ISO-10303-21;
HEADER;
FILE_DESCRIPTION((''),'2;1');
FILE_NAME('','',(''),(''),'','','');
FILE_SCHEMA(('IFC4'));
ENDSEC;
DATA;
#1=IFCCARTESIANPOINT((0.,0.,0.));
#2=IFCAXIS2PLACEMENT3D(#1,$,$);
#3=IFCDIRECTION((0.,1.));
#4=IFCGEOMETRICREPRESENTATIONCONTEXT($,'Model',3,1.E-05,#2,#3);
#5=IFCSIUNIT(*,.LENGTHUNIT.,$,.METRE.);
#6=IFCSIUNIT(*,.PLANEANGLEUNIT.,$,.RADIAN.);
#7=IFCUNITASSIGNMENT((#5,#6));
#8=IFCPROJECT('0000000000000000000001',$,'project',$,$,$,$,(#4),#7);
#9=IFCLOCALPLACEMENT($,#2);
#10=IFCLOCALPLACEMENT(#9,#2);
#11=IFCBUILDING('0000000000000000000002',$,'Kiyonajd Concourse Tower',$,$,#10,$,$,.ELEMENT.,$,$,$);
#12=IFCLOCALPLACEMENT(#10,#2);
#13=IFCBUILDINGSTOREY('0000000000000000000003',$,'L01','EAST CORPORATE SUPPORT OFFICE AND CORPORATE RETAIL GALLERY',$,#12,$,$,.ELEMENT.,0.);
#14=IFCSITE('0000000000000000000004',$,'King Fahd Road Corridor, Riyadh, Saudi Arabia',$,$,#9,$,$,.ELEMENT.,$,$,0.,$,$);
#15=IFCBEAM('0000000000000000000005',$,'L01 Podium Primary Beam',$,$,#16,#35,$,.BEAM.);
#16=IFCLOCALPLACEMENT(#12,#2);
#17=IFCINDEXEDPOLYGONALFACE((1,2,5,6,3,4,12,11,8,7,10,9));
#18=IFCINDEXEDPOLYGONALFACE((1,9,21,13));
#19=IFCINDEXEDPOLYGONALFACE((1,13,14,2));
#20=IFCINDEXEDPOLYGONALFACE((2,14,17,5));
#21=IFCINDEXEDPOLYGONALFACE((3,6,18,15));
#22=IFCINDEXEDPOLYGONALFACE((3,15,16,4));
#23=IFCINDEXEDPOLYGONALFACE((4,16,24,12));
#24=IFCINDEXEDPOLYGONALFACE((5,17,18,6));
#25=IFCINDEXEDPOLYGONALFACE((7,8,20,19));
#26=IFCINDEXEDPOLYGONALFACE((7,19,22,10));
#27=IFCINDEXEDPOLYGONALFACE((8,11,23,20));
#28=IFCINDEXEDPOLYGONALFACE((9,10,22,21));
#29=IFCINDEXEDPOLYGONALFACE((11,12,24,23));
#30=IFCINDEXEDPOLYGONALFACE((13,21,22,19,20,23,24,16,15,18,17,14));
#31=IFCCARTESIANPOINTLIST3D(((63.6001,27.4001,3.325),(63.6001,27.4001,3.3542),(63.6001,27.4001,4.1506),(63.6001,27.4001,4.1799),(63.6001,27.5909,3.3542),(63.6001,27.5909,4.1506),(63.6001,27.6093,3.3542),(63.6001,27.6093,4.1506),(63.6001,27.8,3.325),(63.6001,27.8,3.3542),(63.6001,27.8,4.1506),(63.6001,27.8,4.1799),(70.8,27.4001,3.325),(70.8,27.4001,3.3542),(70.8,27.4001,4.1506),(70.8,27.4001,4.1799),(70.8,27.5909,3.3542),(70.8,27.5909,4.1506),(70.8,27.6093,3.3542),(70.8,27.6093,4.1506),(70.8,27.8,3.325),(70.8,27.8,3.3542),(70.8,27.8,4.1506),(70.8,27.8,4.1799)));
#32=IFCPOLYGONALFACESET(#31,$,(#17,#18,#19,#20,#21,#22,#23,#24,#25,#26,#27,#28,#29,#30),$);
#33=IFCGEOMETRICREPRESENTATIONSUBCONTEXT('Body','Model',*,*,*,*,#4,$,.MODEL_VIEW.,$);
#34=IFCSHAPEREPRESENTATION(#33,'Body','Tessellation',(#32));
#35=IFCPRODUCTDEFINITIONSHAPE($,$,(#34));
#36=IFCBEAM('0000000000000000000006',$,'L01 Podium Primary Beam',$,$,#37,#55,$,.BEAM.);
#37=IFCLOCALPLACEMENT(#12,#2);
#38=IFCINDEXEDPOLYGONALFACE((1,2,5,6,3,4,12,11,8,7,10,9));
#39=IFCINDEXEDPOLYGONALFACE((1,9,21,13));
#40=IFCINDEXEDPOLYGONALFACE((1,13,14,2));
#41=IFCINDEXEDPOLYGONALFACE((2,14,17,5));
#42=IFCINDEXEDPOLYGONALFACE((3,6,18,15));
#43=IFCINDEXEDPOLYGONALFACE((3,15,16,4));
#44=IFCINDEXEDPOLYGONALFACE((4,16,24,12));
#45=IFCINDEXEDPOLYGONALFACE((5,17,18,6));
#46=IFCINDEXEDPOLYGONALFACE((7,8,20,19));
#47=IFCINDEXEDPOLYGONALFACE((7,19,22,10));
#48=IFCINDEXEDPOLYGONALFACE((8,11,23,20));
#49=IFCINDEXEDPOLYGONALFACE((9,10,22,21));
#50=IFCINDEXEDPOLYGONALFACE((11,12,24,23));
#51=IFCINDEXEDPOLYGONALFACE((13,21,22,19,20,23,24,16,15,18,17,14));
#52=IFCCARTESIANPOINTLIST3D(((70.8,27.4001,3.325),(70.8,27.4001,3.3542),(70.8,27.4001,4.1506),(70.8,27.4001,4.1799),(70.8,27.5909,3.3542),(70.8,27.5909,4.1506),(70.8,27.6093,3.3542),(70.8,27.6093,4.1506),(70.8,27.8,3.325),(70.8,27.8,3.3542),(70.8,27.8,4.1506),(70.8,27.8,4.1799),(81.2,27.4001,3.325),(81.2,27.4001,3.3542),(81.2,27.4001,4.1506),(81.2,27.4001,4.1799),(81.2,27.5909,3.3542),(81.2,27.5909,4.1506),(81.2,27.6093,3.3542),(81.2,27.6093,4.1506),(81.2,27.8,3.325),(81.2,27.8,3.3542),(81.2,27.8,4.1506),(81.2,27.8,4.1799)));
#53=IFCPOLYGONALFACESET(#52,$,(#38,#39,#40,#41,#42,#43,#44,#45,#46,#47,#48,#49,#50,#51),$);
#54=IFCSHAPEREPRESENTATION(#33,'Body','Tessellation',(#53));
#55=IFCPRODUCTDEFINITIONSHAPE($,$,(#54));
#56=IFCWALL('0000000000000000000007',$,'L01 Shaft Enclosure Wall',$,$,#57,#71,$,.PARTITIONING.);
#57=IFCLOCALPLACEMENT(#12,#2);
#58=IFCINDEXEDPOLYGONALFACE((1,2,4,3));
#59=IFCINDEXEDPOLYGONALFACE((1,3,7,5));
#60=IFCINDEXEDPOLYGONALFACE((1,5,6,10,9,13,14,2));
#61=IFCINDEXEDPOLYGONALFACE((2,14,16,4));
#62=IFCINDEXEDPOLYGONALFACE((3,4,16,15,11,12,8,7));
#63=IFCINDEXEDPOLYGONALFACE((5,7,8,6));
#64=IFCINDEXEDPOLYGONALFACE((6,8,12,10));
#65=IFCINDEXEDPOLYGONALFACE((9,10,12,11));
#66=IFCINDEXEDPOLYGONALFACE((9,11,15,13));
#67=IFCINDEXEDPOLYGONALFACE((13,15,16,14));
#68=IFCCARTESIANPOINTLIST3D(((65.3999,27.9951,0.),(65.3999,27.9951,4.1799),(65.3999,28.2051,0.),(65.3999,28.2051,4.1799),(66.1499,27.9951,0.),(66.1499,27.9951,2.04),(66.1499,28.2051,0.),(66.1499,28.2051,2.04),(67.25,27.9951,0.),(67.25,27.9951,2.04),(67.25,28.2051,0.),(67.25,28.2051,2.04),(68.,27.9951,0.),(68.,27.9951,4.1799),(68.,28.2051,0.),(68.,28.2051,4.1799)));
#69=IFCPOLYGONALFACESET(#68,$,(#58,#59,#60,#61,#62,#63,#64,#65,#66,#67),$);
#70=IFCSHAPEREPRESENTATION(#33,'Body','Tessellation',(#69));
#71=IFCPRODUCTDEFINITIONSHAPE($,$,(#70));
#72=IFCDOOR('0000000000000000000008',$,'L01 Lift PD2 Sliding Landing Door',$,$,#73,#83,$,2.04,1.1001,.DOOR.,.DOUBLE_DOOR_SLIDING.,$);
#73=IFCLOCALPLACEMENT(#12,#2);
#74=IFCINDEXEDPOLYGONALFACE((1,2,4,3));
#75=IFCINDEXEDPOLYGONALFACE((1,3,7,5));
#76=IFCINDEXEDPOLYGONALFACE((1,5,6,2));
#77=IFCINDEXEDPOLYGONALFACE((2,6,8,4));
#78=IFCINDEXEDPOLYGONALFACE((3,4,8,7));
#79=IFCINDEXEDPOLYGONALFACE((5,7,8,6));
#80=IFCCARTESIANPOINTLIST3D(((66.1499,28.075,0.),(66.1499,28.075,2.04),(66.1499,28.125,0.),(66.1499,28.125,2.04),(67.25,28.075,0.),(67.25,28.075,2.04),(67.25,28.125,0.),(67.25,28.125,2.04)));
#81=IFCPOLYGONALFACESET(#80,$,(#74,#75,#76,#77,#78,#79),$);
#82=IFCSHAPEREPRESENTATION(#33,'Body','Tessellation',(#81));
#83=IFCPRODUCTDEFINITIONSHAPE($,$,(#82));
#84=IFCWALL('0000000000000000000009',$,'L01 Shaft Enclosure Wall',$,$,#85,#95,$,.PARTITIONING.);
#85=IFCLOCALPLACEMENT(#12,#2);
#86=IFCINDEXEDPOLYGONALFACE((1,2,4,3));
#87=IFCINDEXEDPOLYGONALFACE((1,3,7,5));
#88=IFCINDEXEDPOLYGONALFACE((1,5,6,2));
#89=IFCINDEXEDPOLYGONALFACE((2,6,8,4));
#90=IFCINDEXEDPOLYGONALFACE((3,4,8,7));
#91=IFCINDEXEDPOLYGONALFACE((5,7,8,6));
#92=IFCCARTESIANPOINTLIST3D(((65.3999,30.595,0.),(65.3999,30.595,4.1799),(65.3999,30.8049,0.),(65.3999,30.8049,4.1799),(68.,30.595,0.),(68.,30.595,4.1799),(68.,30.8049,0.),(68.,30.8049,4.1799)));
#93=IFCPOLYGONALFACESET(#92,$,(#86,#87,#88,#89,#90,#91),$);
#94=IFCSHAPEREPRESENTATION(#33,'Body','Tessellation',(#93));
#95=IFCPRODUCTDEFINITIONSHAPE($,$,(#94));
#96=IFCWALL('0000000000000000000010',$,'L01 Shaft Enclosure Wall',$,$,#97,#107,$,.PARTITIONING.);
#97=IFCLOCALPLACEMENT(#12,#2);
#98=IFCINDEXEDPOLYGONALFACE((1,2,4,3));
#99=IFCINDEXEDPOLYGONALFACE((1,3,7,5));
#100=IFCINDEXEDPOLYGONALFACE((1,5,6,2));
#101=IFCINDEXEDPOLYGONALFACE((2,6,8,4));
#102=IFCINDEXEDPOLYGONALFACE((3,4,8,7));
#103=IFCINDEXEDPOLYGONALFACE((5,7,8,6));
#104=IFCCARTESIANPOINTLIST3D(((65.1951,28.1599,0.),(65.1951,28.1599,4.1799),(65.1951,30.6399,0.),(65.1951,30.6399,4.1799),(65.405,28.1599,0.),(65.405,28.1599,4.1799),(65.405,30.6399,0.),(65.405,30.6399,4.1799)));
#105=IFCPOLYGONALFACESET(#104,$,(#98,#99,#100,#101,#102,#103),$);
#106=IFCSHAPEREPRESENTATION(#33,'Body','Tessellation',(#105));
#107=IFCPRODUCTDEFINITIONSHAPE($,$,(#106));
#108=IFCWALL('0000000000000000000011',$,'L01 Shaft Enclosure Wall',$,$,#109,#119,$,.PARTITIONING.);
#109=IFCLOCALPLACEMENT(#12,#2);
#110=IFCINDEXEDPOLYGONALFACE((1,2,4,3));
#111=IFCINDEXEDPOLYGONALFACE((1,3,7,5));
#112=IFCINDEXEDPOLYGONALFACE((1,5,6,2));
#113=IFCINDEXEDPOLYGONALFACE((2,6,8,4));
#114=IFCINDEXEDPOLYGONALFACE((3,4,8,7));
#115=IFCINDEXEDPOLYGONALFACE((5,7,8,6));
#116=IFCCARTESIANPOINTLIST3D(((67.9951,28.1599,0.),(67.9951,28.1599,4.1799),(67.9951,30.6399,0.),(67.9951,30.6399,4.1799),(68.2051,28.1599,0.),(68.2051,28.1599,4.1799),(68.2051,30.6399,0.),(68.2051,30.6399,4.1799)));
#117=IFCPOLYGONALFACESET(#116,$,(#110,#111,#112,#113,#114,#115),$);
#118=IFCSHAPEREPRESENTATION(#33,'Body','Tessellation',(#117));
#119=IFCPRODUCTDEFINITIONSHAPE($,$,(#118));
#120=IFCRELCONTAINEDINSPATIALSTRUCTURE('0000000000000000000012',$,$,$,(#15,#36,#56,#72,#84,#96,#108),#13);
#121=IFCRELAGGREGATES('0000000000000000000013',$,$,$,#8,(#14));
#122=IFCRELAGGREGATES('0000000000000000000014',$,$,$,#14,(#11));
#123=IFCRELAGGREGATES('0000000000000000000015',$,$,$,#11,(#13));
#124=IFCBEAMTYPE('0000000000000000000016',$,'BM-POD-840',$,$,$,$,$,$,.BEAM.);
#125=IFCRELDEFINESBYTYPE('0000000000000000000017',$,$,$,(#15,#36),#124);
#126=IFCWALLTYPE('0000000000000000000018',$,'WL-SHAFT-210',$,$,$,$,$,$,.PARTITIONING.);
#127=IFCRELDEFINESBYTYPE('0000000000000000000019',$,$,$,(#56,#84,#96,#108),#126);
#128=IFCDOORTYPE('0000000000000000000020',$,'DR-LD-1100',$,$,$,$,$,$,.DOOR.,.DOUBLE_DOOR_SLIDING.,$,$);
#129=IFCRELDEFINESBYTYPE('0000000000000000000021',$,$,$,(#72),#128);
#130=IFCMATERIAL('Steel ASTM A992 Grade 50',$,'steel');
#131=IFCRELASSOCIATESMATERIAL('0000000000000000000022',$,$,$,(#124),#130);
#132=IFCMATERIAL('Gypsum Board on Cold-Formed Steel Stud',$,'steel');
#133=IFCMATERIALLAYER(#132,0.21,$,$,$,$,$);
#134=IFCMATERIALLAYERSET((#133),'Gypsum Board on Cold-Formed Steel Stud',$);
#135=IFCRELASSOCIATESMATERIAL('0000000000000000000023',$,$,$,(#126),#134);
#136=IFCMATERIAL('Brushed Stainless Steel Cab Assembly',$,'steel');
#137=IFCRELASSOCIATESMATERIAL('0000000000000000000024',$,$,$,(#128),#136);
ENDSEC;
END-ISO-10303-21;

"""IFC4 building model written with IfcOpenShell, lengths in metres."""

from ifc_helpers import new_model, si_unit, direction, frame, frame_2d, origin, origin_2d, place, context, subcontext, project, spatial, rectangle, i_section, extrude, material, layer, layer_set, material_profile, profile_set, type_object, element, fill, save


model = new_model("IFC4")

# Units and contexts
model_context = context("Model", 3, precision=1e-05, world=origin(), true_north=direction((0.0, 1.0)))
body_context = subcontext(model_context, "Body", "Model", "MODEL_VIEW")
ifc_project = project(units=[si_unit("LENGTHUNIT", "METRE"), si_unit("PLANEANGLEUNIT", "RADIAN")], contexts=[model_context])

# Site, building, storey
site_placement = place(None, origin())
site = spatial("IfcSite", under=ifc_project, at=site_placement, Name="King Fahd Road Corridor, Riyadh, Saudi Arabia", CompositionType="ELEMENT", RefElevation=0.0)
building_placement = place(site_placement, origin())
building = spatial("IfcBuilding", under=site, at=building_placement, Name="Kiyonajd Concourse Tower", CompositionType="ELEMENT")
storey_placement = place(building_placement, origin())
storey = spatial("IfcBuildingStorey", under=building, at=storey_placement, Name="L01", Description="EAST CORPORATE SUPPORT OFFICE AND CORPORATE RETAIL GALLERY", CompositionType="ELEMENT", Elevation=0.0)

# Beams
ifc_material_1 = material(Name="Steel ASTM A992 Grade 50", Category="steel")
ifc_material_profile_1 = material_profile(ifc_material_1, i_section(OverallWidth=0.3999, OverallDepth=0.855, WebThickness=0.0183, FlangeThickness=0.0293, at=origin_2d()), Name="W840X299")
ifc_profile_set_1 = profile_set([ifc_material_profile_1], Name="Steel ASTM A992 Grade 50")
beam_type_1 = type_object("IfcBeamType", Name="BM-POD-840", PredefinedType="BEAM", material=ifc_profile_set_1)
beam_1_placement = place(storey_placement, frame((63.6001, 27.6001, 3.7524), z_axis=(1.0, 0.0, 0.0), x_axis=(0.0, 1.0, 0.0)))
element("IfcBeam", 1, at=beam_1_placement, inside=storey, type_object=beam_type_1, Name="L01 Podium Primary Beam", PredefinedType="BEAM", context=body_context, shape_type="SweptSolid", body=[
    extrude(i_section(OverallWidth=0.3999, OverallDepth=0.855, WebThickness=0.0183, FlangeThickness=0.0293, at=origin_2d()), origin(), (0.0, 0.0, 1.0), 7.2),
])
beam_2_placement = place(storey_placement, frame((70.8, 27.6001, 3.7524), z_axis=(1.0, 0.0, 0.0), x_axis=(0.0, 1.0, 0.0)))
element("IfcBeam", 2, at=beam_2_placement, inside=storey, type_object=beam_type_1, Name="L01 Podium Primary Beam", PredefinedType="BEAM", context=body_context, shape_type="SweptSolid", body=[
    extrude(i_section(OverallWidth=0.3999, OverallDepth=0.855, WebThickness=0.0183, FlangeThickness=0.0293, at=origin_2d()), origin(), (0.0, 0.0, 1.0), 10.3999),
])

# Wall, opening, door
ifc_material_2 = material(Name="Gypsum Board on Cold-Formed Steel Stud", Category="steel")
ifc_layer = layer(ifc_material_2, 0.21)
ifc_layer_set = layer_set([ifc_layer], Name="Gypsum Board on Cold-Formed Steel Stud")
wall_type = type_object("IfcWallType", Name="WL-SHAFT-210", PredefinedType="PARTITIONING", material=ifc_layer_set)
wall_1_placement = place(storey_placement, frame((65.3999, 28.1001, 0.0), z_axis=(0.0, 0.0, 1.0), x_axis=(1.0, 0.0, 0.0)))
wall_1 = element("IfcWall", 3, at=wall_1_placement, inside=storey, type_object=wall_type, Name="L01 Shaft Enclosure Wall", PredefinedType="PARTITIONING", context=body_context, shape_type="SweptSolid", body=[
    extrude(rectangle(XDim=2.6001, YDim=0.21, at=frame_2d((1.3, 0.0))), origin(), (0.0, 0.0, 1.0), 4.1799),
])
opening_placement = place(wall_1_placement, frame((0.75, 0.0, 0.0)))
opening = element("IfcOpeningElement", 4, at=opening_placement, cuts=wall_1, PredefinedType="OPENING", context=body_context, shape_type="SweptSolid", body=[
    extrude(rectangle(XDim=1.1001, YDim=2.04, at=frame_2d((0.55, 1.02))), frame((0.0, 0.115, 0.0), z_axis=(0.0, -1.0, 0.0), x_axis=(1.0, 0.0, 0.0)), (0.0, 0.0, 1.0), 0.23),
])
ifc_material_3 = material(Name="Brushed Stainless Steel Cab Assembly", Category="steel")
door_type = type_object("IfcDoorType", Name="DR-LD-1100", OperationType="DOUBLE_DOOR_SLIDING", PredefinedType="DOOR", material=ifc_material_3)
door_placement = place(opening_placement, origin())
door = element("IfcDoor", 5, at=door_placement, inside=storey, type_object=door_type, Name="L01 Lift PD2 Sliding Landing Door", OperationType="DOUBLE_DOOR_SLIDING", OverallHeight=2.04, OverallWidth=1.1001, PredefinedType="DOOR", context=body_context, shape_type="SweptSolid", body=[
    extrude(rectangle(XDim=1.1001, YDim=2.04, at=frame_2d((0.55, 1.02))), frame((0.0, 0.0249, 0.0), z_axis=(0.0, -1.0, 0.0), x_axis=(1.0, 0.0, 0.0)), (0.0, 0.0, 1.0), 0.05),
])
fill(opening, door)

# Walls
wall_2_placement = place(storey_placement, frame((65.3999, 30.7, 0.0), z_axis=(0.0, 0.0, 1.0), x_axis=(1.0, 0.0, 0.0)))
element("IfcWall", 6, at=wall_2_placement, inside=storey, type_object=wall_type, Name="L01 Shaft Enclosure Wall", PredefinedType="PARTITIONING", context=body_context, shape_type="SweptSolid", body=[
    extrude(rectangle(XDim=2.6001, YDim=0.21, at=frame_2d((1.3, 0.0))), origin(), (0.0, 0.0, 1.0), 4.1799),
])
for number, where, z_axis, x_axis, name in (
    (7, (65.3, 28.1599, 0.0), (0.0, 0.0, 1.0), (0.0, 1.0, 0.0), "L01 Shaft Enclosure Wall"),
    (8, (68.1001, 28.1599, 0.0), (0.0, 0.0, 1.0), (0.0, 1.0, 0.0), "L01 Shaft Enclosure Wall"),
):
    element("IfcWall", number, at=place(storey_placement, frame(where, z_axis=z_axis, x_axis=x_axis)), inside=storey, type_object=wall_type, Name=name, PredefinedType="PARTITIONING", context=body_context, shape_type="SweptSolid", body=[
        extrude(rectangle(XDim=2.48, YDim=0.21, at=frame_2d((1.24, 0.0))), origin(), (0.0, 0.0, 1.0), 4.1799),
    ])

save(model, "model.ifc")
